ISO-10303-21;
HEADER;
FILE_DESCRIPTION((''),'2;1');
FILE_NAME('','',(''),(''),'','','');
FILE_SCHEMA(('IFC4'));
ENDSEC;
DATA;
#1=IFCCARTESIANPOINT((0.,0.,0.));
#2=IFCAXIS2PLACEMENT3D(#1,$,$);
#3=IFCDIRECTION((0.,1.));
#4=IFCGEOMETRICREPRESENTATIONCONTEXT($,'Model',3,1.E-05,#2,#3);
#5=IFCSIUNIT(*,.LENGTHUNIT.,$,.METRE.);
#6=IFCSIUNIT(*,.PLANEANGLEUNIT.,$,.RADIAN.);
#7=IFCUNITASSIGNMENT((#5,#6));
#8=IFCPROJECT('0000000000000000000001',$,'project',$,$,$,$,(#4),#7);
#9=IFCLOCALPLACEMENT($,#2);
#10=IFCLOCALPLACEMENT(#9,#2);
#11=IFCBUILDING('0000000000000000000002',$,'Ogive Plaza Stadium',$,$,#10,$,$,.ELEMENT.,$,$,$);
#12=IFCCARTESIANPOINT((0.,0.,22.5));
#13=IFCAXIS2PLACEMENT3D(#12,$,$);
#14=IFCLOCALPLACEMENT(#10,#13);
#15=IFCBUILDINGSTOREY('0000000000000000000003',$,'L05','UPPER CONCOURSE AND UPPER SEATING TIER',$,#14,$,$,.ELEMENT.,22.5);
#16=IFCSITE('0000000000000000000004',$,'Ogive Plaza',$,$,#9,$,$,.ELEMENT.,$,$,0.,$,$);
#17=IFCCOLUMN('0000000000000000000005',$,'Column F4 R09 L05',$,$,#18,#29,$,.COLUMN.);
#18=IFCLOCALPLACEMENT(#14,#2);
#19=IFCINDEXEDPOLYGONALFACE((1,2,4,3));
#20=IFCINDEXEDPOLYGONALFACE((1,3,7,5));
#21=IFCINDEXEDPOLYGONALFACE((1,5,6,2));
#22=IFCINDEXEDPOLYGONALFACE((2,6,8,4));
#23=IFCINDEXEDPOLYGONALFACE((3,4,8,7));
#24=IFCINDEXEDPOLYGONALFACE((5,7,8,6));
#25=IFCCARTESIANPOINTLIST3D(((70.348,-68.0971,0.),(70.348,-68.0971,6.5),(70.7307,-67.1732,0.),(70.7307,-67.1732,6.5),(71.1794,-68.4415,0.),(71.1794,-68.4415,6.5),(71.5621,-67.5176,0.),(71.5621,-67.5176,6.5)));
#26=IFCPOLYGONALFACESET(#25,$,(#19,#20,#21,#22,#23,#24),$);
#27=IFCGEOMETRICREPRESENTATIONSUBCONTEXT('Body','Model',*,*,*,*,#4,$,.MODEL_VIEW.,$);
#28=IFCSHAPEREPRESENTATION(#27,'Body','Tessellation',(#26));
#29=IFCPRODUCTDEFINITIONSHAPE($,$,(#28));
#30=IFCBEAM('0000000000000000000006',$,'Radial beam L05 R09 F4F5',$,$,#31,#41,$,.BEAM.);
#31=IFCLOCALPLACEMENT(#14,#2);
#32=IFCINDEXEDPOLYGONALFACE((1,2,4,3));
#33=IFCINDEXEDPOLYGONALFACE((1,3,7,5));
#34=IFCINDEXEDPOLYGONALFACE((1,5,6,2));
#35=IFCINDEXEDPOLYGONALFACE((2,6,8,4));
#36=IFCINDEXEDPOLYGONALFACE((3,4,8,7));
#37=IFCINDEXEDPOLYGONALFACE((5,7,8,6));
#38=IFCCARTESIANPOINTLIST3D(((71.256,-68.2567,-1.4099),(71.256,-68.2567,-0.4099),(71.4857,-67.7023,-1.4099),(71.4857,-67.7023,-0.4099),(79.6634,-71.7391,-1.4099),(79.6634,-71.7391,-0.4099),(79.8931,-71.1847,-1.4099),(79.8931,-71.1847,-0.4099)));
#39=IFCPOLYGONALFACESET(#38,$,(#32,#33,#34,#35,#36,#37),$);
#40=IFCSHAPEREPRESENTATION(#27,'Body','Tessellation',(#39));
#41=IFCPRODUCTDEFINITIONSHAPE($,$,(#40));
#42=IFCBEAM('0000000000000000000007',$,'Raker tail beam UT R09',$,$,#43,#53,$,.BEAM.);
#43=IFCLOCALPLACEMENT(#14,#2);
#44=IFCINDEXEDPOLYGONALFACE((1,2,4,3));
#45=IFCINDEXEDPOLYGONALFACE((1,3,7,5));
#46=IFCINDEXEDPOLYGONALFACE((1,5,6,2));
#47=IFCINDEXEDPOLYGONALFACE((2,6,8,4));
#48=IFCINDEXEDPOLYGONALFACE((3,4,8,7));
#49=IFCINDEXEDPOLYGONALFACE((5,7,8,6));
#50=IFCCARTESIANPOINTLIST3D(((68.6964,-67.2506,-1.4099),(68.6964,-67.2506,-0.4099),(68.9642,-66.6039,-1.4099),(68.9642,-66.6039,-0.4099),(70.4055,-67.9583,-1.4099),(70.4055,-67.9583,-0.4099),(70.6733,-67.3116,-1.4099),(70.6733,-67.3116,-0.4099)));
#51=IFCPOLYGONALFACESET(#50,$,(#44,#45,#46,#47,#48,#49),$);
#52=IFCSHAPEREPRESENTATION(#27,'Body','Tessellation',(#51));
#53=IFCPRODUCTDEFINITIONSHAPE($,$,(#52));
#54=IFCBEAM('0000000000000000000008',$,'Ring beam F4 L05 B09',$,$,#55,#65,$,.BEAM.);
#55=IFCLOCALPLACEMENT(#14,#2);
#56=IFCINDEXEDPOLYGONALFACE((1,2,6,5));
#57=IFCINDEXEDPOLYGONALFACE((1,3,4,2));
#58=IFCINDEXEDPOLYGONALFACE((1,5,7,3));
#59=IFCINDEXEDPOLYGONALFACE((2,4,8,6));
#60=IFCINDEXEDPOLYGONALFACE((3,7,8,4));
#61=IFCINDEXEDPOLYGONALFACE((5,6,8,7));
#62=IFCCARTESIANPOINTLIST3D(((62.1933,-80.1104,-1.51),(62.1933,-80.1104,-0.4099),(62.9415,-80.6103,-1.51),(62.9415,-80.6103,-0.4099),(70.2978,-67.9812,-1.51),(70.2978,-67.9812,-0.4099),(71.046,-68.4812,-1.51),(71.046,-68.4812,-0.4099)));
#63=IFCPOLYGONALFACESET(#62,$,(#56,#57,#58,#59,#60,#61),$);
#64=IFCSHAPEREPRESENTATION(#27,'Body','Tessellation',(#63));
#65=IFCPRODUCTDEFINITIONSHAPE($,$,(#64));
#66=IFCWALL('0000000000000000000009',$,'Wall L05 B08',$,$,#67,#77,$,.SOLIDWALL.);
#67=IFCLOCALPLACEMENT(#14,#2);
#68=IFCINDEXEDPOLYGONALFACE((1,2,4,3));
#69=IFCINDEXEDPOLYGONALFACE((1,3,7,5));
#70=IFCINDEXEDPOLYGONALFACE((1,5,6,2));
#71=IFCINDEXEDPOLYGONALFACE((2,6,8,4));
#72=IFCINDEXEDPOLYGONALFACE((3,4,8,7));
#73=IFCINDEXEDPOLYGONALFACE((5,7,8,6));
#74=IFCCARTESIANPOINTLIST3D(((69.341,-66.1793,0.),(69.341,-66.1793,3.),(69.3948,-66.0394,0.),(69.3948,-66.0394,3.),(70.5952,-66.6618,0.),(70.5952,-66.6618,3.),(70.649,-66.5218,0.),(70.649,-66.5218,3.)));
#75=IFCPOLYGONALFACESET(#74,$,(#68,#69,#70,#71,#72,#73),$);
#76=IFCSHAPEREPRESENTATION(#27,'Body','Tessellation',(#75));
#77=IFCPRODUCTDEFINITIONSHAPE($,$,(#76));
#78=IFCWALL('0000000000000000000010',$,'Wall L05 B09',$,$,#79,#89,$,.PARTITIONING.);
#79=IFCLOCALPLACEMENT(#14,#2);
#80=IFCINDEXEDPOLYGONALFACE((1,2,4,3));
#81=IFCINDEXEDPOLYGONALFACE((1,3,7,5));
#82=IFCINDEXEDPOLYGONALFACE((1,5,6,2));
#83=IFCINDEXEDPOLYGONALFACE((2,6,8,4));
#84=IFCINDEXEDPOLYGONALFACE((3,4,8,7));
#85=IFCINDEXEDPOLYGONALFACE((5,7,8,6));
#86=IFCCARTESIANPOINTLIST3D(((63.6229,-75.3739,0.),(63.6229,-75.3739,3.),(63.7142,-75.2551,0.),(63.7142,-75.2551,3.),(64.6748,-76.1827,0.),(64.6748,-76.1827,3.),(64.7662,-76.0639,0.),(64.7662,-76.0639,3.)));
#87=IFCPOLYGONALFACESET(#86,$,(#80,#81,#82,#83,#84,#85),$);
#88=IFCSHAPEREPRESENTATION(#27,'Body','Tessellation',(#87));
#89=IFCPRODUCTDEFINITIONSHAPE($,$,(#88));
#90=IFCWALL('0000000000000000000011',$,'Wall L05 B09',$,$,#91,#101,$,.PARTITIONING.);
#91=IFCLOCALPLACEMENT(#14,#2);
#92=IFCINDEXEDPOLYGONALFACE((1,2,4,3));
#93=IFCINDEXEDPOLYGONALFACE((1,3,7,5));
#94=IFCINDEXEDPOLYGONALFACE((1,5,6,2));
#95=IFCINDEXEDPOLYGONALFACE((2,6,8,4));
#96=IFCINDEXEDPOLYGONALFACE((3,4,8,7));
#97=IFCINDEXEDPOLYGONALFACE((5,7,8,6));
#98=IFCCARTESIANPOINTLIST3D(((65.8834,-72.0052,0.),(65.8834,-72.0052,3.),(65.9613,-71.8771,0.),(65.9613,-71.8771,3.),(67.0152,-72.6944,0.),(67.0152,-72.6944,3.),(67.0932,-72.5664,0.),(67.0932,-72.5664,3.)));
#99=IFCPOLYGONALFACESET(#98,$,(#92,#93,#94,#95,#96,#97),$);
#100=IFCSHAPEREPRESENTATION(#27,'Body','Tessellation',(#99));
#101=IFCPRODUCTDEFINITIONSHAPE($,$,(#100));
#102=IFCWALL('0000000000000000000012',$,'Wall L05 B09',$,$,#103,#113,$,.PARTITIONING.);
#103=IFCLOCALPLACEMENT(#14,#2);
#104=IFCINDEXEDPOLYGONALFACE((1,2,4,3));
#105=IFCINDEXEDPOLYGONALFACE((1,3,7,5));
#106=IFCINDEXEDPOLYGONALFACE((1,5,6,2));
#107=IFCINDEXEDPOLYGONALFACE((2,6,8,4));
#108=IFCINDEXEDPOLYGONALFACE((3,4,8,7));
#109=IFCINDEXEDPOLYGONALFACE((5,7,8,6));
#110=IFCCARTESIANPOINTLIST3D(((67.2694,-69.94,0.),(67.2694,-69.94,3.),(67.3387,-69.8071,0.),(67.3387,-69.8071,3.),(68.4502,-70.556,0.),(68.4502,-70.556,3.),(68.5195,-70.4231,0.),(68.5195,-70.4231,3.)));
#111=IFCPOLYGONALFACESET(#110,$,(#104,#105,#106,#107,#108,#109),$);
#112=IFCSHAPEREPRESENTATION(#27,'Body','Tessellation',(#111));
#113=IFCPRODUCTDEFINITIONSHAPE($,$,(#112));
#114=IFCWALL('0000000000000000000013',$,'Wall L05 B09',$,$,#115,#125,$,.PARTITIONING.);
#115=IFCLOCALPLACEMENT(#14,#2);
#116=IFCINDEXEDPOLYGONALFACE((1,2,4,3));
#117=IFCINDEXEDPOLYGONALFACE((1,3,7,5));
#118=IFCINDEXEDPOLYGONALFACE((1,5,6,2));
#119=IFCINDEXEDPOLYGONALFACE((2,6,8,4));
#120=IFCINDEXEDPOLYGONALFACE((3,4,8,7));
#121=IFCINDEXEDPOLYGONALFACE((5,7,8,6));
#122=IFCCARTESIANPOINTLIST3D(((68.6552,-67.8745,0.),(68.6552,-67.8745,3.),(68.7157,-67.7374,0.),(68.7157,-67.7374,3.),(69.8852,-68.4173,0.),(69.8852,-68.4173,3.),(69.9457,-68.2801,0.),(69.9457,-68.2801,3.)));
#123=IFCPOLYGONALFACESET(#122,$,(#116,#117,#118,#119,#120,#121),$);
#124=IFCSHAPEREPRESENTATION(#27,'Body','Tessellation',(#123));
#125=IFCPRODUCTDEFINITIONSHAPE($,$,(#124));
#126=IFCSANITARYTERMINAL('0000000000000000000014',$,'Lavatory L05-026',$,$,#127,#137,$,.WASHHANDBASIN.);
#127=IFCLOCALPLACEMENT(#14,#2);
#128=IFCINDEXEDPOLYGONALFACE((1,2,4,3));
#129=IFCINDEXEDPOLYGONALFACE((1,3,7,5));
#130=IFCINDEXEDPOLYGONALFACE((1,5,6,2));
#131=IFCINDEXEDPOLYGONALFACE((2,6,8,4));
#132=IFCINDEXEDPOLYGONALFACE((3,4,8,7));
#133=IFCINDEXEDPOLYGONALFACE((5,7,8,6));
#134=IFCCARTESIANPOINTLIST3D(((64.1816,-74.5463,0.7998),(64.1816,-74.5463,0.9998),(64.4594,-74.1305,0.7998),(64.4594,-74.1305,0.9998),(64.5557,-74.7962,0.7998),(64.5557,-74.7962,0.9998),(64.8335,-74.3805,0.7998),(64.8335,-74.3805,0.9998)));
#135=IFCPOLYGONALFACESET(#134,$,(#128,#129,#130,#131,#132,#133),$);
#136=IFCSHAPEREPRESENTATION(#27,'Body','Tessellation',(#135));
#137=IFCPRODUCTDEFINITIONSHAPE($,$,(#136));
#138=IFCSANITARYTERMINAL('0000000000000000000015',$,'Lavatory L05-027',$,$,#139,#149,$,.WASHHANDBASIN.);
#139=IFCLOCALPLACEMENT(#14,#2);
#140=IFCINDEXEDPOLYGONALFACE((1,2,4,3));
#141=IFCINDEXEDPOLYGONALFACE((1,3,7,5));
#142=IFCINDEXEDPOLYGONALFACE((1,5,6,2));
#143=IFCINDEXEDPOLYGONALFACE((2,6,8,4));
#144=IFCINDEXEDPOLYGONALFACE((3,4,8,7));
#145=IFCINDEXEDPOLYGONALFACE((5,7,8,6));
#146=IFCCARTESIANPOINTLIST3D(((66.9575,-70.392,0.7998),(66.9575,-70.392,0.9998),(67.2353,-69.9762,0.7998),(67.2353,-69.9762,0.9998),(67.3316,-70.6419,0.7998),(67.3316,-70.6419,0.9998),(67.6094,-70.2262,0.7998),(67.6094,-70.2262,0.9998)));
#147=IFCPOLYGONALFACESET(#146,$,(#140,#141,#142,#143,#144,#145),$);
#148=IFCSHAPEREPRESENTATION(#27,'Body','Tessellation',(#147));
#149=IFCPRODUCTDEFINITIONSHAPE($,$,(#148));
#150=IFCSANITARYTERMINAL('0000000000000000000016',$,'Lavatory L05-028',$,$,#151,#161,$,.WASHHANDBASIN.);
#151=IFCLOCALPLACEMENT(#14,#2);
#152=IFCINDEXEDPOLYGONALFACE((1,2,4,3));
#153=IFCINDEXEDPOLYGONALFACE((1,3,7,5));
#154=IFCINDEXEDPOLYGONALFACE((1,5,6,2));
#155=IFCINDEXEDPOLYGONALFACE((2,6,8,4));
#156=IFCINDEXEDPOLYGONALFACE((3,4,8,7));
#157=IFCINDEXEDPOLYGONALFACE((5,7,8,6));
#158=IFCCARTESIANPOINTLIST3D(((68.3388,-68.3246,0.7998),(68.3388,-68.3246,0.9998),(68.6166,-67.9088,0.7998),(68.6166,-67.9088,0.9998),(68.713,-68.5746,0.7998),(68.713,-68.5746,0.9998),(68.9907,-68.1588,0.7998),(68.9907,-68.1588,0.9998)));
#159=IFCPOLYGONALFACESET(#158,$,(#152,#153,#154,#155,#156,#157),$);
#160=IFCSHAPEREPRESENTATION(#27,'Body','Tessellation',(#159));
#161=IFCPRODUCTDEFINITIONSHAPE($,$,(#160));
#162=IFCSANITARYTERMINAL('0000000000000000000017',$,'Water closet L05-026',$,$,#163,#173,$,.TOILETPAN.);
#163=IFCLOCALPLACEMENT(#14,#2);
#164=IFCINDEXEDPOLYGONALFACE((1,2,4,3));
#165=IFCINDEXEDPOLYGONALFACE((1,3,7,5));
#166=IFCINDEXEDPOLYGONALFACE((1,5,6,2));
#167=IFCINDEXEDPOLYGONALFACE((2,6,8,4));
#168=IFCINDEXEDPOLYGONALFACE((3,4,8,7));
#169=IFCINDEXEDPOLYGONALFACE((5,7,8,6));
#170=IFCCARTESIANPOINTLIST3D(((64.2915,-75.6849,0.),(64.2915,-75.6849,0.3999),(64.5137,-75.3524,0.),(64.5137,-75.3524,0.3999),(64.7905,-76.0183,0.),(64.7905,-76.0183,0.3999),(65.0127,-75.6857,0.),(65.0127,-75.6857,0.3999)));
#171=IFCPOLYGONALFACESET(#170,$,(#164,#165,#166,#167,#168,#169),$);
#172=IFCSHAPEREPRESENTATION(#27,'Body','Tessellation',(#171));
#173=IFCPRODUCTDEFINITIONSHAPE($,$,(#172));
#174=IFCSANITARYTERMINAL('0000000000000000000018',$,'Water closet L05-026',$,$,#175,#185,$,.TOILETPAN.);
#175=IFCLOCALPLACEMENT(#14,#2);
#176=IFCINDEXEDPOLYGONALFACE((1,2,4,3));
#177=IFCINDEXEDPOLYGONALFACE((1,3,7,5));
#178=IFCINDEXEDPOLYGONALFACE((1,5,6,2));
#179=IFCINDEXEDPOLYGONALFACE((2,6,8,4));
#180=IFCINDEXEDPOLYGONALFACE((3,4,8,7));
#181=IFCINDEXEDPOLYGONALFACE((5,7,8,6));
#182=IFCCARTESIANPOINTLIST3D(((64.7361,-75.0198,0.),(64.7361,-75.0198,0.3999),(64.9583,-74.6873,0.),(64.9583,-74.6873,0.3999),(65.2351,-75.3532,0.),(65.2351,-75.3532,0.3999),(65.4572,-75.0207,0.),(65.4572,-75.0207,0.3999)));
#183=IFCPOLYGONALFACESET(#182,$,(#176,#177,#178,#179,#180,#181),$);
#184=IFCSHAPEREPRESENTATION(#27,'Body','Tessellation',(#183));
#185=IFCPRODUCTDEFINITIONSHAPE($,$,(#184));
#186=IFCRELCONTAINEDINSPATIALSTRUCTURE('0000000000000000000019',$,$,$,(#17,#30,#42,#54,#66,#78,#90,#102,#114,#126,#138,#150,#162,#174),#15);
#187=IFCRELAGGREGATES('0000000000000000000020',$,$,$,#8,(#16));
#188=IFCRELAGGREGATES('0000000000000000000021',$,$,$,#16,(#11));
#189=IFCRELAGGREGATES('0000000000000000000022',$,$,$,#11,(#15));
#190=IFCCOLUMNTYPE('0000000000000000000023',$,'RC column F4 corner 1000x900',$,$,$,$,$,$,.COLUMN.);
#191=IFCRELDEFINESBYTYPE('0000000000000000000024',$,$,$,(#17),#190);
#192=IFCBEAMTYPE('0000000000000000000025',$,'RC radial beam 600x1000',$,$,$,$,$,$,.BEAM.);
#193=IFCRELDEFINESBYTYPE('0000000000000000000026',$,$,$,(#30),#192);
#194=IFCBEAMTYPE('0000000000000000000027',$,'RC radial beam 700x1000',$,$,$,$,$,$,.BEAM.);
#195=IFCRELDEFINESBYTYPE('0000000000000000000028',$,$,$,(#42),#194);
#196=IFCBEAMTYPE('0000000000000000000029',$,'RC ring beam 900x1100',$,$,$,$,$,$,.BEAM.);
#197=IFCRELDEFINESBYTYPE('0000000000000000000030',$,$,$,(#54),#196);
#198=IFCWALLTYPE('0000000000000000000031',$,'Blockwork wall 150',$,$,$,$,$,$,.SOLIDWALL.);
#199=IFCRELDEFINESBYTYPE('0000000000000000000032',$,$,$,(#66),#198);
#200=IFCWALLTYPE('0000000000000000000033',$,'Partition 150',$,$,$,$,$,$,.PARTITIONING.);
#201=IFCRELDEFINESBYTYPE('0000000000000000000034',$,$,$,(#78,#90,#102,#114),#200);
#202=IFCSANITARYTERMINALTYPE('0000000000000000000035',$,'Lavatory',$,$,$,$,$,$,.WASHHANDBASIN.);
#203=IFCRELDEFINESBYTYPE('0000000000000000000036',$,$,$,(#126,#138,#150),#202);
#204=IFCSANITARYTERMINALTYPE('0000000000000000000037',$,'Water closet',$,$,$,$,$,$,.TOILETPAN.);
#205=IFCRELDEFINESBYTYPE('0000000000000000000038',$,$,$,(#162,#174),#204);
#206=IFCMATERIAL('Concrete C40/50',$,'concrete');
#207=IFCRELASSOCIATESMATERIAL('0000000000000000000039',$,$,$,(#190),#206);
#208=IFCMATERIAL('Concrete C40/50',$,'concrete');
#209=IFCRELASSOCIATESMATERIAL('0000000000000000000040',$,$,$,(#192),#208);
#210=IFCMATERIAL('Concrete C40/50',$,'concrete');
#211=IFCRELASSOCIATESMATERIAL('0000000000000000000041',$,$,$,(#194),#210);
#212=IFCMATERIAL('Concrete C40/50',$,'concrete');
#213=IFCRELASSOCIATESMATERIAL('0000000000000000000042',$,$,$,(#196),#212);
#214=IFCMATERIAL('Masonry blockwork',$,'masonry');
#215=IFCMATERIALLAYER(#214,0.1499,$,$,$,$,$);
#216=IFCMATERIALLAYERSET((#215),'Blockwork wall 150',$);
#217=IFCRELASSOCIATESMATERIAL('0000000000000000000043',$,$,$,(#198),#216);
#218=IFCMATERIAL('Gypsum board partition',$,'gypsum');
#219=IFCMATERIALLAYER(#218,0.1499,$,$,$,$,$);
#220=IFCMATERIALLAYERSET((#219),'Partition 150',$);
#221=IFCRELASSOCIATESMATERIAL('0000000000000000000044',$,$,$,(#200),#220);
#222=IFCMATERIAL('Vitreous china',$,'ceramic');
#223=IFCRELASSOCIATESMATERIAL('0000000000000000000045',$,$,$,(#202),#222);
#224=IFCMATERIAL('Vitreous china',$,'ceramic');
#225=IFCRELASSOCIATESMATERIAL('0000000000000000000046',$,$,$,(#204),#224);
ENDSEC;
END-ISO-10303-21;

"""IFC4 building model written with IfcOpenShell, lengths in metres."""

from ifc_helpers import new_model, si_unit, direction, frame, frame_2d, origin, origin_2d, place, context, subcontext, project, spatial, rectangle, extrude, material, layer, layer_set, material_profile, profile_set, type_object, element, save


model = new_model("IFC4")

# Units and contexts
model_context = context("Model", 3, precision=1e-05, world=origin(), true_north=direction((0.0, 1.0)))
body_context = subcontext(model_context, "Body", "Model", "MODEL_VIEW")
ifc_project = project(units=[si_unit("LENGTHUNIT", "METRE"), si_unit("PLANEANGLEUNIT", "RADIAN")], contexts=[model_context])

# Site, building, storey
site_placement = place(None, origin())
site = spatial("IfcSite", under=ifc_project, at=site_placement, Name="Ogive Plaza", CompositionType="ELEMENT", RefElevation=0.0)
building_placement = place(site_placement, origin())
building = spatial("IfcBuilding", under=site, at=building_placement, Name="Ogive Plaza Stadium", CompositionType="ELEMENT")
storey_placement = place(building_placement, frame((0.0, 0.0, 22.5)))
storey = spatial("IfcBuildingStorey", under=building, at=storey_placement, Name="L05", Description="UPPER CONCOURSE AND UPPER SEATING TIER", CompositionType="ELEMENT", Elevation=22.5)

# Column
ifc_material_1 = material(Name="Concrete C40/50", Category="concrete")
ifc_material_profile_1 = material_profile(ifc_material_1, rectangle(XDim=1.0, YDim=0.8999, at=origin_2d()), Name="RC 1000x900")
ifc_profile_set_1 = profile_set([ifc_material_profile_1], Name="Concrete C40/50")
column_type = type_object("IfcColumnType", Name="RC column F4 corner 1000x900", PredefinedType="COLUMN", material=ifc_profile_set_1)
column_placement = place(storey_placement, frame((70.9551, -67.8074, 0.0), z_axis=(0.0, 0.0, 1.0), x_axis=(0.382683, 0.92388, 0.0)))
element("IfcColumn", 1, at=column_placement, inside=storey, type_object=column_type, Name="Column F4 R09 L05", PredefinedType="COLUMN", context=body_context, shape_type="SweptSolid", body=[
    extrude(rectangle(XDim=1.0, YDim=0.8999, at=origin_2d()), origin(), (0.0, 0.0, 1.0), 6.5),
])

# Beams
ifc_material_2 = material(Name="Concrete C40/50", Category="concrete")
ifc_material_profile_2 = material_profile(ifc_material_2, rectangle(XDim=0.6001, YDim=1.0, at=origin_2d()), Name="RC 600x1000")
ifc_profile_set_2 = profile_set([ifc_material_profile_2], Name="Concrete C40/50")
beam_type_1 = type_object("IfcBeamType", Name="RC radial beam 600x1000", PredefinedType="BEAM", material=ifc_profile_set_2)
beam_1_placement = place(storey_placement, frame((71.3708, -67.9795, -0.9099), z_axis=(0.923882, -0.382677, 0.0), x_axis=(0.382677, 0.923882, 0.0)))
element("IfcBeam", 2, at=beam_1_placement, inside=storey, type_object=beam_type_1, Name="Radial beam L05 R09 F4F5", PredefinedType="BEAM", context=body_context, shape_type="SweptSolid", body=[
    extrude(rectangle(XDim=0.6001, YDim=1.0, at=origin_2d()), origin(), (0.0, 0.0, 1.0), 9.1001),
])
ifc_material_3 = material(Name="Concrete C40/50", Category="concrete")
ifc_material_profile_3 = material_profile(ifc_material_3, rectangle(XDim=0.7, YDim=1.0, at=origin_2d()), Name="RC 700x1000")
ifc_profile_set_3 = profile_set([ifc_material_profile_3], Name="Concrete C40/50")
beam_type_2 = type_object("IfcBeamType", Name="RC radial beam 700x1000", PredefinedType="BEAM", material=ifc_profile_set_3)
beam_2_placement = place(storey_placement, frame((68.8303, -66.9272, -0.9099), z_axis=(0.923922, -0.382581, 0.0), x_axis=(0.382581, 0.923922, 0.0)))
element("IfcBeam", 3, at=beam_2_placement, inside=storey, type_object=beam_type_2, Name="Raker tail beam UT R09", PredefinedType="BEAM", context=body_context, shape_type="SweptSolid", body=[
    extrude(rectangle(XDim=0.7, YDim=1.0, at=origin_2d()), origin(), (0.0, 0.0, 1.0), 1.8499),
])
ifc_material_4 = material(Name="Concrete C40/50", Category="concrete")
ifc_material_profile_4 = material_profile(ifc_material_4, rectangle(XDim=0.8999, YDim=1.1001, at=origin_2d()), Name="RC 900x1100")
ifc_profile_set_4 = profile_set([ifc_material_profile_4], Name="Concrete C40/50")
beam_type_3 = type_object("IfcBeamType", Name="RC ring beam 900x1100", PredefinedType="BEAM", material=ifc_profile_set_4)
beam_3_placement = place(storey_placement, frame((70.6719, -68.2312, -0.96), z_axis=(-0.555573, -0.831468, 0.0), x_axis=(0.831468, -0.555573, 0.0)))
element("IfcBeam", 4, at=beam_3_placement, inside=storey, type_object=beam_type_3, Name="Ring beam F4 L05 B09", PredefinedType="BEAM", context=body_context, shape_type="SweptSolid", body=[
    extrude(rectangle(XDim=0.8999, YDim=1.1001, at=origin_2d()), origin(), (0.0, 0.0, 1.0), 14.5876),
])

# Walls
ifc_material_5 = material(Name="Masonry blockwork", Category="masonry")
ifc_layer_1 = layer(ifc_material_5, 0.1499)
ifc_layer_set_1 = layer_set([ifc_layer_1], Name="Blockwork wall 150")
wall_type_1 = type_object("IfcWallType", Name="Blockwork wall 150", PredefinedType="SOLIDWALL", material=ifc_layer_set_1)
wall_1_placement = place(storey_placement, frame((69.3679, -66.1094, 0.0), z_axis=(0.0, 0.0, 1.0), x_axis=(0.933332, -0.359016, 0.0)))
element("IfcWall", 5, at=wall_1_placement, inside=storey, type_object=wall_type_1, Name="Wall L05 B08", PredefinedType="SOLIDWALL", context=body_context, shape_type="SweptSolid", body=[
    extrude(rectangle(XDim=1.3438, YDim=0.1499, at=frame_2d((0.6719, 0.0))), origin(), (0.0, 0.0, 1.0), 3.0),
])
ifc_material_6 = material(Name="Gypsum board partition", Category="gypsum")
ifc_layer_2 = layer(ifc_material_6, 0.1499)
ifc_layer_set_2 = layer_set([ifc_layer_2], Name="Partition 150")
wall_type_2 = type_object("IfcWallType", Name="Partition 150", PredefinedType="PARTITIONING", material=ifc_layer_set_2)
wall_2_placement = place(storey_placement, frame((63.6685, -75.3145, 0.0), z_axis=(0.0, 0.0, 1.0), x_axis=(0.792768, -0.609524, 0.0)))
element("IfcWall", 6, at=wall_2_placement, inside=storey, type_object=wall_type_2, Name="Wall L05 B09", PredefinedType="PARTITIONING", context=body_context, shape_type="SweptSolid", body=[
    extrude(rectangle(XDim=1.3269, YDim=0.1499, at=frame_2d((0.6636, 0.0))), origin(), (0.0, 0.0, 1.0), 3.0),
])
wall_3_placement = place(storey_placement, frame((65.9224, -71.9412, 0.0), z_axis=(0.0, 0.0, 1.0), x_axis=(0.85411, -0.520093, 0.0)))
element("IfcWall", 7, at=wall_3_placement, inside=storey, type_object=wall_type_2, Name="Wall L05 B09", PredefinedType="PARTITIONING", context=body_context, shape_type="SweptSolid", body=[
    extrude(rectangle(XDim=1.3252, YDim=0.1499, at=frame_2d((0.6626, 0.0))), origin(), (0.0, 0.0, 1.0), 3.0),
])
wall_4_placement = place(storey_placement, frame((67.304, -69.8735, 0.0), z_axis=(0.0, 0.0, 1.0), x_axis=(0.886634, -0.462472, 0.0)))
element("IfcWall", 8, at=wall_4_placement, inside=storey, type_object=wall_type_2, Name="Wall L05 B09", PredefinedType="PARTITIONING", context=body_context, shape_type="SweptSolid", body=[
    extrude(rectangle(XDim=1.3318, YDim=0.1499, at=frame_2d((0.666, 0.0))), origin(), (0.0, 0.0, 1.0), 3.0),
])
wall_5_placement = place(storey_placement, frame((68.6853, -67.8059, 0.0), z_axis=(0.0, 0.0, 1.0), x_axis=(0.914894, -0.403694, 0.0)))
element("IfcWall", 9, at=wall_5_placement, inside=storey, type_object=wall_type_2, Name="Wall L05 B09", PredefinedType="PARTITIONING", context=body_context, shape_type="SweptSolid", body=[
    extrude(rectangle(XDim=1.3445, YDim=0.1499, at=frame_2d((0.6724, 0.0))), origin(), (0.0, 0.0, 1.0), 3.0),
])

# Sanitary terminals
ifc_material_7 = material(Name="Vitreous china", Category="ceramic")
sanitary_terminal_type_1 = type_object("IfcSanitaryTerminalType", Name="Lavatory", PredefinedType="WASHHANDBASIN", material=ifc_material_7)
for number, where, z_axis, x_axis, name in (
    (10, (64.5076, -74.4634, 0.7998), (0.0, 0.0, 1.0), (0.55557, 0.83147, 0.0), "Lavatory L05-026"),
    (11, (67.2834, -70.3091, 0.7998), (0.0, 0.0, 1.0), (-0.55557, -0.83147, 0.0), "Lavatory L05-027"),
    (12, (68.6648, -68.2417, 0.7998), (0.0, 0.0, 1.0), (-0.55557, -0.83147, 0.0), "Lavatory L05-028"),
):
    element("IfcSanitaryTerminal", number, at=place(storey_placement, frame(where, z_axis=z_axis, x_axis=x_axis)), inside=storey, type_object=sanitary_terminal_type_1, Name=name, PredefinedType="WASHHANDBASIN", context=body_context, shape_type="SweptSolid", body=[
        extrude(rectangle(XDim=0.5, YDim=0.45, at=origin_2d()), origin(), (0.0, 0.0, 1.0), 0.2),
    ])
ifc_material_8 = material(Name="Vitreous china", Category="ceramic")
sanitary_terminal_type_2 = type_object("IfcSanitaryTerminalType", Name="Water closet", PredefinedType="TOILETPAN", material=ifc_material_8)
for number, where, z_axis, x_axis, name in (
    (13, (64.6521, -75.6853, 0.0), (0.0, 0.0, 1.0), (0.55557, 0.83147, 0.0), "Water closet L05-026"),
    (14, (65.0967, -75.0203, 0.0), (0.0, 0.0, 1.0), (0.55557, 0.83147, 0.0), "Water closet L05-026"),
):
    element("IfcSanitaryTerminal", number, at=place(storey_placement, frame(where, z_axis=z_axis, x_axis=x_axis)), inside=storey, type_object=sanitary_terminal_type_2, Name=name, PredefinedType="TOILETPAN", context=body_context, shape_type="SweptSolid", body=[
        extrude(rectangle(XDim=0.3999, YDim=0.6001, at=origin_2d()), origin(), (0.0, 0.0, 1.0), 0.3999),
    ])

save(model, "model.ifc")
